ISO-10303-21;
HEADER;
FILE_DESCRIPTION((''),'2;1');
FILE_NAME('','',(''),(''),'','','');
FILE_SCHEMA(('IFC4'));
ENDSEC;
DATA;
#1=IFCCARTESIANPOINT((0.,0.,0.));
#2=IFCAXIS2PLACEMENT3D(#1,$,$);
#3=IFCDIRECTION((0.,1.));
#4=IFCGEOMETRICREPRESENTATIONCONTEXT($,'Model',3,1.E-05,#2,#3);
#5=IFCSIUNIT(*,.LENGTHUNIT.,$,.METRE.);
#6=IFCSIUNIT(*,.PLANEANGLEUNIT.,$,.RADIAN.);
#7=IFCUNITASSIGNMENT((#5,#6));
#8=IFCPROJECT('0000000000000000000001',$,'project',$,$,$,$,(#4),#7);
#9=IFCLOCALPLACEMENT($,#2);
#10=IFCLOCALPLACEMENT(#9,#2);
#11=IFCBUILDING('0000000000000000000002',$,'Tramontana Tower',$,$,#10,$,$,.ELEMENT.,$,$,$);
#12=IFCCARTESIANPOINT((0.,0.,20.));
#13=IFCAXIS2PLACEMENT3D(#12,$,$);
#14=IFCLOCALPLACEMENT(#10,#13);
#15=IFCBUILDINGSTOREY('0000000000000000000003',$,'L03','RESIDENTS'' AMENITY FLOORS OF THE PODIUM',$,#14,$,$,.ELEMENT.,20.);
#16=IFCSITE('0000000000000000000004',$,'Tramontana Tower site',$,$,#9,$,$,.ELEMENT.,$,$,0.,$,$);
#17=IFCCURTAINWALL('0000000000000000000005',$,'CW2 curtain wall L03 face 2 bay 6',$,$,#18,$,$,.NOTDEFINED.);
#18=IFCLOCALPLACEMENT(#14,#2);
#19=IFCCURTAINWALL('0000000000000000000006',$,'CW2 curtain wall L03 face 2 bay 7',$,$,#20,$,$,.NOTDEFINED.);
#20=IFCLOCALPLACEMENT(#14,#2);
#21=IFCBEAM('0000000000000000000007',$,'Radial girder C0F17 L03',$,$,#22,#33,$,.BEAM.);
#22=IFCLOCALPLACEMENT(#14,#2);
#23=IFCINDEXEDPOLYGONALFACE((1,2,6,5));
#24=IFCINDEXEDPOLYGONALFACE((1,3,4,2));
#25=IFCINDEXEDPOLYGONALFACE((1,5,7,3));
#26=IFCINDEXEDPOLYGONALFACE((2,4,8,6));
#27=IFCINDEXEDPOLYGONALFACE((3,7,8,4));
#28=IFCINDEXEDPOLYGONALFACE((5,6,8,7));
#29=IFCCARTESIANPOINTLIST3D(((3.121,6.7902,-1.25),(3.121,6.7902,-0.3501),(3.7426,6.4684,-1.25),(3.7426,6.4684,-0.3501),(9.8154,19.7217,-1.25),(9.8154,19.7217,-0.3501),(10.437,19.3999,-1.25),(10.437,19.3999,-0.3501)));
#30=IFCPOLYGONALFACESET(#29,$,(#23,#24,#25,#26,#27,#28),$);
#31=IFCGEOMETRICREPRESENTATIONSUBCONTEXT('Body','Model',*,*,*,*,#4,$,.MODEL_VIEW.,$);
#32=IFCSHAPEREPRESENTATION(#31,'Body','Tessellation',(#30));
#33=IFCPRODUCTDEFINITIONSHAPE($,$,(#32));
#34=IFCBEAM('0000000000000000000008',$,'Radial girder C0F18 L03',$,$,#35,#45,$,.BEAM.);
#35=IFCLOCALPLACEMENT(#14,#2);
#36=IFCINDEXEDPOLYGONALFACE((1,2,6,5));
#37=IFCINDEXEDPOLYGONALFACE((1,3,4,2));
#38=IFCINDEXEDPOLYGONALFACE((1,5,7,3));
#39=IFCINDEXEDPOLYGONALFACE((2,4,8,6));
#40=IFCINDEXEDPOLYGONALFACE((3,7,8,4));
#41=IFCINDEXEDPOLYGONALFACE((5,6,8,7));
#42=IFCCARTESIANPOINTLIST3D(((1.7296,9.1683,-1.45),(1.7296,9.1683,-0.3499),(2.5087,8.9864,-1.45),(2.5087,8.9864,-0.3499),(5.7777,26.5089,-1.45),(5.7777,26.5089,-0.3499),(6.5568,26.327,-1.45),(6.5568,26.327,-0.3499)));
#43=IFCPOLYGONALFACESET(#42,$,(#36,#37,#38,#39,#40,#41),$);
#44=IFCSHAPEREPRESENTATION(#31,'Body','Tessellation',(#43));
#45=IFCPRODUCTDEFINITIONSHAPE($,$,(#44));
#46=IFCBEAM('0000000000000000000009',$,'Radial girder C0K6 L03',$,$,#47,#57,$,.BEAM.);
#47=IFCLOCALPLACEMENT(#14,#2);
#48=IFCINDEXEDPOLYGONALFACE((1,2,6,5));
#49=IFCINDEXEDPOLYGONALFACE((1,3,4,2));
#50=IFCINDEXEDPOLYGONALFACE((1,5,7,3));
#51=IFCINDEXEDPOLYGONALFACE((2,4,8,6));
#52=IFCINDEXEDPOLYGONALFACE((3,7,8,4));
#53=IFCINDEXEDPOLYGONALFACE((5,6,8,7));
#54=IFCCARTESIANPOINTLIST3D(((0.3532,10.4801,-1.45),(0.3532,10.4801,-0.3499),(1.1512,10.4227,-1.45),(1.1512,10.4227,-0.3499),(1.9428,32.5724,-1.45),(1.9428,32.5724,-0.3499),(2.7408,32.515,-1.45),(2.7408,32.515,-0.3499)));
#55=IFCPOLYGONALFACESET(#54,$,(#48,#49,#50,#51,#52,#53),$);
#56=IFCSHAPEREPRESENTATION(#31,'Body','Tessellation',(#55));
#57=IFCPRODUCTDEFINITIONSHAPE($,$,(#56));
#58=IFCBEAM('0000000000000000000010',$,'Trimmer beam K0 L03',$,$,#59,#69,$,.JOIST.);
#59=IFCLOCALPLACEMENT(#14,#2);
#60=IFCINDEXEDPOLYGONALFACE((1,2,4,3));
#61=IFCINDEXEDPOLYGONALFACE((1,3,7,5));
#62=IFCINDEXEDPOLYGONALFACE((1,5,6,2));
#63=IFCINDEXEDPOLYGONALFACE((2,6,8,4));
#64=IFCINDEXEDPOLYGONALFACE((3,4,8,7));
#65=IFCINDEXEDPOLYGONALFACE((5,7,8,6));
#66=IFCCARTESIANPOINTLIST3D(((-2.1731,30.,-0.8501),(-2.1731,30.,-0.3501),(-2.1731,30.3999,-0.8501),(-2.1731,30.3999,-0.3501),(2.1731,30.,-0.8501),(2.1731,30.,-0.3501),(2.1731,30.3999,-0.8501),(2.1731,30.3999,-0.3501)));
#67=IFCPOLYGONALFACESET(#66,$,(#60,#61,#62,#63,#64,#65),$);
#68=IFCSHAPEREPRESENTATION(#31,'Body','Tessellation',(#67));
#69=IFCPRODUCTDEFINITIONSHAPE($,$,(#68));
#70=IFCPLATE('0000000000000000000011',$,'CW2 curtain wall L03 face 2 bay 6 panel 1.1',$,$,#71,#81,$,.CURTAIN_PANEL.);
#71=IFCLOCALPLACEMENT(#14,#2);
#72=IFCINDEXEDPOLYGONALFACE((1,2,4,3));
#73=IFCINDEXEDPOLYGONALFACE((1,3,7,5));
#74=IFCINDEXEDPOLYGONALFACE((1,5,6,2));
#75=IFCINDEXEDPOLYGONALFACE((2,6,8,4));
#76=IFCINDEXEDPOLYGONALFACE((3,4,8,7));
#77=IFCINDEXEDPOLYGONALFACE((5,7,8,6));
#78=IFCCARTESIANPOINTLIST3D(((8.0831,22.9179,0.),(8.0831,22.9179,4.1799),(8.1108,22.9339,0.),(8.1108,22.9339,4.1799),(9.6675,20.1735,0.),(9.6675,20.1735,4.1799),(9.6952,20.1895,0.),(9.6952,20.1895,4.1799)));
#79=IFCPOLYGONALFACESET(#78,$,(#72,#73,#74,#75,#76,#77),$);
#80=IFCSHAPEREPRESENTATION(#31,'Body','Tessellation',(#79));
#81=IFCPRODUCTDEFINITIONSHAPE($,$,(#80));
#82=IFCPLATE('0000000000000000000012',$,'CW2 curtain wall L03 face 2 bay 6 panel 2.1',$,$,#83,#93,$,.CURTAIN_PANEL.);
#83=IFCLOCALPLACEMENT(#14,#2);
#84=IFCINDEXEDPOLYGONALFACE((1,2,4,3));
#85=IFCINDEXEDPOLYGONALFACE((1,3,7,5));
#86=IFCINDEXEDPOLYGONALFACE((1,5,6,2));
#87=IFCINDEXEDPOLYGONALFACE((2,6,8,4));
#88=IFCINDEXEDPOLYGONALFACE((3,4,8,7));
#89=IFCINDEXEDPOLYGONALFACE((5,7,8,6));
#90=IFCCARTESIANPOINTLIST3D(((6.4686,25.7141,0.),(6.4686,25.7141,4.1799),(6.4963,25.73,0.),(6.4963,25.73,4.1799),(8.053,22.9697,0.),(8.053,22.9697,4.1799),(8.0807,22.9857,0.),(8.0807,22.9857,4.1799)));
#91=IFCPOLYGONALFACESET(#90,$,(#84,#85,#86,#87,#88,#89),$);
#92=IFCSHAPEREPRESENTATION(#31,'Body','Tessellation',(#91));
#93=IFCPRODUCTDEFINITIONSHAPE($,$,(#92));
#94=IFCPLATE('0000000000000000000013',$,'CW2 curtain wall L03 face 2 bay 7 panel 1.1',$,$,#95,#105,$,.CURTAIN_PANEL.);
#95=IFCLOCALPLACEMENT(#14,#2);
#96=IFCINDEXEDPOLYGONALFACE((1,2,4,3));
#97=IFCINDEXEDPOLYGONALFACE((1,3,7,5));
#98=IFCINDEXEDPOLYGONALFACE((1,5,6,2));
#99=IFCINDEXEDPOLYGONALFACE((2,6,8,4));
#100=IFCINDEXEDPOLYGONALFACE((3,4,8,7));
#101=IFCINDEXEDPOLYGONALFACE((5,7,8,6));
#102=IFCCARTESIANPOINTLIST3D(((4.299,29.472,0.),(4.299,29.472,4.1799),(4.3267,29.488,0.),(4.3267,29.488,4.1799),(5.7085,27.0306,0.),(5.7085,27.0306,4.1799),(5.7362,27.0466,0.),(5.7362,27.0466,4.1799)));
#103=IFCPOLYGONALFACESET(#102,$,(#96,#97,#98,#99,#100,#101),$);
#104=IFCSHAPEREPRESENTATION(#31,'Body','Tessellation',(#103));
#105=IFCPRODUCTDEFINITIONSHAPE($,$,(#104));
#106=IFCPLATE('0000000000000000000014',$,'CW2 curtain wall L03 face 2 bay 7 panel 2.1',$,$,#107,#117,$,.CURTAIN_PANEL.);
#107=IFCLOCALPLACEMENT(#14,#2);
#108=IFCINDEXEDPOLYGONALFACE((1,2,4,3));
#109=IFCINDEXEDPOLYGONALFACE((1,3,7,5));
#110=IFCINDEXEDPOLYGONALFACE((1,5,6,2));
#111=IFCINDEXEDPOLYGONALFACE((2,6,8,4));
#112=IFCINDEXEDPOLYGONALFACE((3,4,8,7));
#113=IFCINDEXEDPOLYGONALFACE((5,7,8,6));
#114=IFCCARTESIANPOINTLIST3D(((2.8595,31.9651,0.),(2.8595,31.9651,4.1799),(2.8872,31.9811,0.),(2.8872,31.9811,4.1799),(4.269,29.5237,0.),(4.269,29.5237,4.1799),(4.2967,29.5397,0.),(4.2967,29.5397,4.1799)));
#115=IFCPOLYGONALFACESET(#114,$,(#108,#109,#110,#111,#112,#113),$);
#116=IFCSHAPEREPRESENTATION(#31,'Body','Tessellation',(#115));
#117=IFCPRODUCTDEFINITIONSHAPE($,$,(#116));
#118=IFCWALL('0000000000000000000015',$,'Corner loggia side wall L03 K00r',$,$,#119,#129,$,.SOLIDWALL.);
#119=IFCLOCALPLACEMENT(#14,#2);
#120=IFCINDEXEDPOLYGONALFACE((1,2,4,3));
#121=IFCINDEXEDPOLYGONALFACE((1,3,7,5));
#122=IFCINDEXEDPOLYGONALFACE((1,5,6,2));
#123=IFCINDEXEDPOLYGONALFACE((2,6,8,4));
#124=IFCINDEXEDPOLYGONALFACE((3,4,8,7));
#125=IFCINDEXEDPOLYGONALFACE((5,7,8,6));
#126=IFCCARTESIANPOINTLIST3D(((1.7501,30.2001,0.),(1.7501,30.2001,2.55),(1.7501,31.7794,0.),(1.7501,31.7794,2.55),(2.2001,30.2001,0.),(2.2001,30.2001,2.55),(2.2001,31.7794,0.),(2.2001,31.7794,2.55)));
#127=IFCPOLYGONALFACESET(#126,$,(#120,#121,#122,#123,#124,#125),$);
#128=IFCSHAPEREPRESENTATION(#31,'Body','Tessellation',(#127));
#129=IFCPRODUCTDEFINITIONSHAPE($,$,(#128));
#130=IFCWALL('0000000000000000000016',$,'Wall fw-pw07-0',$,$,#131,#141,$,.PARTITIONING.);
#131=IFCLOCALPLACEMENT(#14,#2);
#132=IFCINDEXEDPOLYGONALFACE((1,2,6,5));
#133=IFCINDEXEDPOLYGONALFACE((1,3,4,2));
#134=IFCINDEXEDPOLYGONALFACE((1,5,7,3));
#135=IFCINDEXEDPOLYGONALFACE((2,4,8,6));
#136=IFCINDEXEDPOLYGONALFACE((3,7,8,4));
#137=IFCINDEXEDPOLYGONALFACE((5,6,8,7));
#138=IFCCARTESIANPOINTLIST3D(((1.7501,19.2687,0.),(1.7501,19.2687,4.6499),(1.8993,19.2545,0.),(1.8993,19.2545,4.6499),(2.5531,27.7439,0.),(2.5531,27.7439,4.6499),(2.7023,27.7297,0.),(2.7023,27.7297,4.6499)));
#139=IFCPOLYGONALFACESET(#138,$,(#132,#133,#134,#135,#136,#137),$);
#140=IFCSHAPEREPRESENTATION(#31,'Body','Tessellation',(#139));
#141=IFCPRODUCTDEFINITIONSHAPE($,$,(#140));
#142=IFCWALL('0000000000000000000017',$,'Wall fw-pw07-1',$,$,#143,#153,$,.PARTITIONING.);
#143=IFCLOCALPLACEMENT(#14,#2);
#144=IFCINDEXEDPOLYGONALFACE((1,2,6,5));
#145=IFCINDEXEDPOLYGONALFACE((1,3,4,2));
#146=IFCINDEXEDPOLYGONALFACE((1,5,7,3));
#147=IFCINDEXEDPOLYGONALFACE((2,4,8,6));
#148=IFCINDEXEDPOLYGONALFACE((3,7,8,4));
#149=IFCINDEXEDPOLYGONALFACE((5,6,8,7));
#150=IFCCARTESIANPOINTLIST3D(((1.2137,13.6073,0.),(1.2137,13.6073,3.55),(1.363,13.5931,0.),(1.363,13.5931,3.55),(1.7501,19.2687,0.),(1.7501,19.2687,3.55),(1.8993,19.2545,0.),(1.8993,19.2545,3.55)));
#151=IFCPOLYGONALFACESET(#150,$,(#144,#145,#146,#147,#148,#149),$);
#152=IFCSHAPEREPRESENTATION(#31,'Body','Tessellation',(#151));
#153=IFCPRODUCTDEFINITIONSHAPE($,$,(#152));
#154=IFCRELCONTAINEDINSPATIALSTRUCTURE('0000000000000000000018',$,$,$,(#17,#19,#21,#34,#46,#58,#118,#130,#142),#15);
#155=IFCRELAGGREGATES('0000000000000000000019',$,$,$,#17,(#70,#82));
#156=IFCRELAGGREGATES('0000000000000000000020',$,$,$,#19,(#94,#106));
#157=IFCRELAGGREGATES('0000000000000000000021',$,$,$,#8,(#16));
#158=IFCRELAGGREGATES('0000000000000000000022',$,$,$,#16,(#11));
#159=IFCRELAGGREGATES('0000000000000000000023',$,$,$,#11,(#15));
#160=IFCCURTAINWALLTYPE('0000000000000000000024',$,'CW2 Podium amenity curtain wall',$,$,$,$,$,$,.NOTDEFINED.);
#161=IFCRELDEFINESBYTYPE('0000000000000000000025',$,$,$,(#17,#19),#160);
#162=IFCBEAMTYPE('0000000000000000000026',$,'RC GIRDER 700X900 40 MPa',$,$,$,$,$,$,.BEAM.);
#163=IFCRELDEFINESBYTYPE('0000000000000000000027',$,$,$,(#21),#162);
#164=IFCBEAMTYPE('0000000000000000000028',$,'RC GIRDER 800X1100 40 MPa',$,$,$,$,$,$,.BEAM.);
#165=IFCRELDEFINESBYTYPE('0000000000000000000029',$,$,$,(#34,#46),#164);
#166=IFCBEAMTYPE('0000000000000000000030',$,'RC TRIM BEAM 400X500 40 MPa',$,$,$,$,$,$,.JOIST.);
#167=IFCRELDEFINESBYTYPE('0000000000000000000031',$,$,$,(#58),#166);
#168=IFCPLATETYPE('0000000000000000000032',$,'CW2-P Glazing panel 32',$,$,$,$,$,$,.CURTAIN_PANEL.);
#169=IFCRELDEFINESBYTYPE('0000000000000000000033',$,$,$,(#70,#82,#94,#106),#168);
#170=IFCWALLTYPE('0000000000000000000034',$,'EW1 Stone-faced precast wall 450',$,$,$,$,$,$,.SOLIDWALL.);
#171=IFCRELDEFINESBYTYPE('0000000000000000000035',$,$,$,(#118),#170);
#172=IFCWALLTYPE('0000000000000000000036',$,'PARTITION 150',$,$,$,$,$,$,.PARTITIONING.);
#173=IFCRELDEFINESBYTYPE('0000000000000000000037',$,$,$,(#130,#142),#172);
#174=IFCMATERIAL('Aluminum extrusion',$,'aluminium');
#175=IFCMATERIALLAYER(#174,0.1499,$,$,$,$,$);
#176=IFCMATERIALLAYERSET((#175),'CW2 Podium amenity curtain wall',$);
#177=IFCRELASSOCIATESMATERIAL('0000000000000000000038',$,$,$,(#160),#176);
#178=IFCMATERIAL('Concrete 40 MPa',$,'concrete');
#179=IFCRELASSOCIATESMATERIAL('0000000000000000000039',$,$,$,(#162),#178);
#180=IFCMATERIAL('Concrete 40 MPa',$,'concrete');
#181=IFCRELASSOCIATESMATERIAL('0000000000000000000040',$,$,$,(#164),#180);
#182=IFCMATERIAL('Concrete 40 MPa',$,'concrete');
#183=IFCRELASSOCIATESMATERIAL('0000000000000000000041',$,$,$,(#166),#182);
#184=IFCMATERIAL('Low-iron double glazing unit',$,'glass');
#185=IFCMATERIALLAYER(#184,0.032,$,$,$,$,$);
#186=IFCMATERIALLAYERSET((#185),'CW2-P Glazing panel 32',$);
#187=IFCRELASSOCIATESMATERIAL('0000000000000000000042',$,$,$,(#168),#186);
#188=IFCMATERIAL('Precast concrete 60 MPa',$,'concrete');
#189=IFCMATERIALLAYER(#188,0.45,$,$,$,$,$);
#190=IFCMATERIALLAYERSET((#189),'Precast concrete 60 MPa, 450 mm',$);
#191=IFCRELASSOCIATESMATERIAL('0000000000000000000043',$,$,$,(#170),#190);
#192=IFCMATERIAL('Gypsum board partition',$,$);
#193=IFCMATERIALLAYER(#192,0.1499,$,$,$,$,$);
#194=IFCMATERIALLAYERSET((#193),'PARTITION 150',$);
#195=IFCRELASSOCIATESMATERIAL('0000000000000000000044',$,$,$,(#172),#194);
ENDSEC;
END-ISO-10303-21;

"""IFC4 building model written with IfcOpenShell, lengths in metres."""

from ifc_helpers import new_model, si_unit, direction, frame, frame_2d, origin, origin_2d, place, context, subcontext, project, spatial, rectangle, extrude, material, layer, layer_set, material_profile, profile_set, type_object, element, aggregate, save


model = new_model("IFC4")

# Units and contexts
model_context = context("Model", 3, precision=1e-05, world=origin(), true_north=direction((0.0, 1.0)))
body_context = subcontext(model_context, "Body", "Model", "MODEL_VIEW")
ifc_project = project(units=[si_unit("LENGTHUNIT", "METRE"), si_unit("PLANEANGLEUNIT", "RADIAN")], contexts=[model_context])

# Site, building, storey
site_placement = place(None, origin())
site = spatial("IfcSite", under=ifc_project, at=site_placement, Name="Tramontana Tower site", CompositionType="ELEMENT", RefElevation=0.0)
building_placement = place(site_placement, origin())
building = spatial("IfcBuilding", under=site, at=building_placement, Name="Tramontana Tower", CompositionType="ELEMENT")
storey_placement = place(building_placement, frame((0.0, 0.0, 20.0)))
storey = spatial("IfcBuildingStorey", under=building, at=storey_placement, Name="L03", Description="RESIDENTS' AMENITY FLOORS OF THE PODIUM", CompositionType="ELEMENT", Elevation=20.0)

# Curtain walls
ifc_material_1 = material(Name="Aluminum extrusion", Category="aluminium")
ifc_layer_1 = layer(ifc_material_1, 0.1499)
ifc_layer_set_1 = layer_set([ifc_layer_1], Name="CW2 Podium amenity curtain wall")
curtain_wall_type = type_object("IfcCurtainWallType", Name="CW2 Podium amenity curtain wall", PredefinedType="NOTDEFINED", material=ifc_layer_set_1)
curtain_wall_1_placement = place(storey_placement, origin())
curtain_wall_1 = element("IfcCurtainWall", 1, at=curtain_wall_1_placement, inside=storey, type_object=curtain_wall_type, Name="CW2 curtain wall L03 face 2 bay 6", PredefinedType="NOTDEFINED")
curtain_wall_2_placement = place(storey_placement, origin())
curtain_wall_2 = element("IfcCurtainWall", 2, at=curtain_wall_2_placement, inside=storey, type_object=curtain_wall_type, Name="CW2 curtain wall L03 face 2 bay 7", PredefinedType="NOTDEFINED")

# Beams
ifc_material_2 = material(Name="Concrete 40 MPa", Category="concrete")
ifc_material_profile_1 = material_profile(ifc_material_2, rectangle(XDim=0.7, YDim=0.8999, at=origin_2d()), Name="RC GIRDER 700X900 40 MPa")
ifc_profile_set_1 = profile_set([ifc_material_profile_1], Name="Concrete 40 MPa")
beam_type_1 = type_object("IfcBeamType", Name="RC GIRDER 700X900 40 MPa", PredefinedType="BEAM", material=ifc_profile_set_1)
beam_1_placement = place(storey_placement, frame((10.1262, 19.5608, -0.8), z_axis=(-0.459731, -0.888058, 0.0), x_axis=(0.888058, -0.459731, 0.0)))
element("IfcBeam", 3, at=beam_1_placement, inside=storey, type_object=beam_type_1, Name="Radial girder C0F17 L03", PredefinedType="BEAM", context=body_context, shape_type="SweptSolid", body=[
    extrude(rectangle(XDim=0.7, YDim=0.8999, at=origin_2d()), origin(), (0.0, 0.0, 1.0), 14.5615),
])
ifc_material_3 = material(Name="Concrete 40 MPa", Category="concrete")
ifc_material_profile_2 = material_profile(ifc_material_3, rectangle(XDim=0.8, YDim=1.1001, at=origin_2d()), Name="RC GIRDER 800X1100 40 MPa")
ifc_profile_set_2 = profile_set([ifc_material_profile_2], Name="Concrete 40 MPa")
beam_type_2 = type_object("IfcBeamType", Name="RC GIRDER 800X1100 40 MPa", PredefinedType="BEAM", material=ifc_profile_set_2)
beam_2_placement = place(storey_placement, frame((6.1672, 26.418, -0.8999), z_axis=(-0.227334, -0.973817, 0.0), x_axis=(0.973817, -0.227334, 0.0)))
element("IfcBeam", 4, at=beam_2_placement, inside=storey, type_object=beam_type_2, Name="Radial girder C0F18 L03", PredefinedType="BEAM", context=body_context, shape_type="SweptSolid", body=[
    extrude(rectangle(XDim=0.8, YDim=1.1001, at=origin_2d()), origin(), (0.0, 0.0, 1.0), 17.8069),
])
beam_3_placement = place(storey_placement, frame((2.3418, 32.5437, -0.8999), z_axis=(-0.071767, -0.997421, 0.0), x_axis=(0.997421, -0.071767, 0.0)))
element("IfcBeam", 5, at=beam_3_placement, inside=storey, type_object=beam_type_2, Name="Radial girder C0K6 L03", PredefinedType="BEAM", context=body_context, shape_type="SweptSolid", body=[
    extrude(rectangle(XDim=0.8, YDim=1.1001, at=origin_2d()), origin(), (0.0, 0.0, 1.0), 22.1494),
])
ifc_material_4 = material(Name="Concrete 40 MPa", Category="concrete")
ifc_material_profile_3 = material_profile(ifc_material_4, rectangle(XDim=0.3999, YDim=0.5, at=origin_2d()), Name="RC TRIM BEAM 400X500 40 MPa")
ifc_profile_set_3 = profile_set([ifc_material_profile_3], Name="Concrete 40 MPa")
beam_type_3 = type_object("IfcBeamType", Name="RC TRIM BEAM 400X500 40 MPa", PredefinedType="JOIST", material=ifc_profile_set_3)
beam_4_placement = place(storey_placement, frame((2.1731, 30.2, -0.6001), z_axis=(-1.0, 0.0, 0.0), x_axis=(0.0, -1.0, 0.0)))
element("IfcBeam", 6, at=beam_4_placement, inside=storey, type_object=beam_type_3, Name="Trimmer beam K0 L03", PredefinedType="JOIST", context=body_context, shape_type="SweptSolid", body=[
    extrude(rectangle(XDim=0.3999, YDim=0.5, at=origin_2d()), origin(), (0.0, 0.0, 1.0), 4.3462),
])

# Plates
ifc_material_5 = material(Name="Low-iron double glazing unit", Category="glass")
ifc_layer_2 = layer(ifc_material_5, 0.032)
ifc_layer_set_2 = layer_set([ifc_layer_2], Name="CW2-P Glazing panel 32")
plate_type = type_object("IfcPlateType", Name="CW2-P Glazing panel 32", PredefinedType="CURTAIN_PANEL", material=ifc_layer_set_2)
plate_1_placement = place(storey_placement, frame((8.8892, 21.5537, 0.0), z_axis=(0.0, 0.0, 1.0), x_axis=(-0.5, 0.866025, 0.0)))
plate_1 = element("IfcPlate", 7, at=plate_1_placement, type_object=plate_type, Name="CW2 curtain wall L03 face 2 bay 6 panel 1.1", PredefinedType="CURTAIN_PANEL", context=body_context, shape_type="SweptSolid", body=[
    extrude(rectangle(XDim=3.1689, YDim=0.032, at=origin_2d()), origin(), (0.0, 0.0, 1.0), 4.1799),
])
plate_2_placement = place(storey_placement, frame((7.2747, 24.3499, 0.0), z_axis=(0.0, 0.0, 1.0), x_axis=(-0.5, 0.866025, 0.0)))
plate_2 = element("IfcPlate", 8, at=plate_2_placement, type_object=plate_type, Name="CW2 curtain wall L03 face 2 bay 6 panel 2.1", PredefinedType="CURTAIN_PANEL", context=body_context, shape_type="SweptSolid", body=[
    extrude(rectangle(XDim=3.1689, YDim=0.032, at=origin_2d()), origin(), (0.0, 0.0, 1.0), 4.1799),
])
aggregate(curtain_wall_1, [plate_1, plate_2])
plate_3_placement = place(storey_placement, frame((5.0176, 28.2593, 0.0), z_axis=(0.0, 0.0, 1.0), x_axis=(-0.5, 0.866025, 0.0)))
plate_3 = element("IfcPlate", 9, at=plate_3_placement, type_object=plate_type, Name="CW2 curtain wall L03 face 2 bay 7 panel 1.1", PredefinedType="CURTAIN_PANEL", context=body_context, shape_type="SweptSolid", body=[
    extrude(rectangle(XDim=2.8191, YDim=0.032, at=origin_2d()), origin(), (0.0, 0.0, 1.0), 4.1799),
])
plate_4_placement = place(storey_placement, frame((3.5781, 30.7524, 0.0), z_axis=(0.0, 0.0, 1.0), x_axis=(-0.5, 0.866025, 0.0)))
plate_4 = element("IfcPlate", 10, at=plate_4_placement, type_object=plate_type, Name="CW2 curtain wall L03 face 2 bay 7 panel 2.1", PredefinedType="CURTAIN_PANEL", context=body_context, shape_type="SweptSolid", body=[
    extrude(rectangle(XDim=2.8191, YDim=0.032, at=origin_2d()), origin(), (0.0, 0.0, 1.0), 4.1799),
])
aggregate(curtain_wall_2, [plate_3, plate_4])

# Walls
ifc_material_6 = material(Name="Precast concrete 60 MPa", Category="concrete")
ifc_layer_3 = layer(ifc_material_6, 0.45)
ifc_layer_set_3 = layer_set([ifc_layer_3], Name="Precast concrete 60 MPa, 450 mm")
wall_type_1 = type_object("IfcWallType", Name="EW1 Stone-faced precast wall 450", PredefinedType="SOLIDWALL", material=ifc_layer_set_3)
wall_1_placement = place(storey_placement, frame((1.9751, 31.7793, 0.0), z_axis=(0.0, 0.0, 1.0), x_axis=(0.0, -1.0, 0.0)))
element("IfcWall", 11, at=wall_1_placement, inside=storey, type_object=wall_type_1, Name="Corner loggia side wall L03 K00r", PredefinedType="SOLIDWALL", context=body_context, shape_type="SweptSolid", body=[
    extrude(rectangle(XDim=1.5793, YDim=0.45, at=frame_2d((0.7896, 0.0))), origin(), (0.0, 0.0, 1.0), 2.55),
])
ifc_material_7 = material(Name="Gypsum board partition")
ifc_layer_4 = layer(ifc_material_7, 0.1499)
ifc_layer_set_4 = layer_set([ifc_layer_4], Name="PARTITION 150")
wall_type_2 = type_object("IfcWallType", Name="PARTITION 150", PredefinedType="PARTITIONING", material=ifc_layer_set_4)
wall_2_placement = place(storey_placement, frame((2.6277, 27.7368, 0.0), z_axis=(0.0, 0.0, 1.0), x_axis=(-0.094321, -0.995542, 0.0)))
element("IfcWall", 12, at=wall_2_placement, inside=storey, type_object=wall_type_2, Name="Wall fw-pw07-0", PredefinedType="PARTITIONING", context=body_context, shape_type="SweptSolid", body=[
    extrude(rectangle(XDim=8.5132, YDim=0.1499, at=frame_2d((4.2566, 0.0))), origin(), (0.0, 0.0, 1.0), 4.6499),
])
wall_3_placement = place(storey_placement, frame((1.8247, 19.2615, 0.0), z_axis=(0.0, 0.0, 1.0), x_axis=(-0.094321, -0.995542, 0.0)))
element("IfcWall", 13, at=wall_3_placement, inside=storey, type_object=wall_type_2, Name="Wall fw-pw07-1", PredefinedType="PARTITIONING", context=body_context, shape_type="SweptSolid", body=[
    extrude(rectangle(XDim=5.6868, YDim=0.1499, at=frame_2d((2.8433, 0.0))), origin(), (0.0, 0.0, 1.0), 3.55),
])

save(model, "model.ifc")
